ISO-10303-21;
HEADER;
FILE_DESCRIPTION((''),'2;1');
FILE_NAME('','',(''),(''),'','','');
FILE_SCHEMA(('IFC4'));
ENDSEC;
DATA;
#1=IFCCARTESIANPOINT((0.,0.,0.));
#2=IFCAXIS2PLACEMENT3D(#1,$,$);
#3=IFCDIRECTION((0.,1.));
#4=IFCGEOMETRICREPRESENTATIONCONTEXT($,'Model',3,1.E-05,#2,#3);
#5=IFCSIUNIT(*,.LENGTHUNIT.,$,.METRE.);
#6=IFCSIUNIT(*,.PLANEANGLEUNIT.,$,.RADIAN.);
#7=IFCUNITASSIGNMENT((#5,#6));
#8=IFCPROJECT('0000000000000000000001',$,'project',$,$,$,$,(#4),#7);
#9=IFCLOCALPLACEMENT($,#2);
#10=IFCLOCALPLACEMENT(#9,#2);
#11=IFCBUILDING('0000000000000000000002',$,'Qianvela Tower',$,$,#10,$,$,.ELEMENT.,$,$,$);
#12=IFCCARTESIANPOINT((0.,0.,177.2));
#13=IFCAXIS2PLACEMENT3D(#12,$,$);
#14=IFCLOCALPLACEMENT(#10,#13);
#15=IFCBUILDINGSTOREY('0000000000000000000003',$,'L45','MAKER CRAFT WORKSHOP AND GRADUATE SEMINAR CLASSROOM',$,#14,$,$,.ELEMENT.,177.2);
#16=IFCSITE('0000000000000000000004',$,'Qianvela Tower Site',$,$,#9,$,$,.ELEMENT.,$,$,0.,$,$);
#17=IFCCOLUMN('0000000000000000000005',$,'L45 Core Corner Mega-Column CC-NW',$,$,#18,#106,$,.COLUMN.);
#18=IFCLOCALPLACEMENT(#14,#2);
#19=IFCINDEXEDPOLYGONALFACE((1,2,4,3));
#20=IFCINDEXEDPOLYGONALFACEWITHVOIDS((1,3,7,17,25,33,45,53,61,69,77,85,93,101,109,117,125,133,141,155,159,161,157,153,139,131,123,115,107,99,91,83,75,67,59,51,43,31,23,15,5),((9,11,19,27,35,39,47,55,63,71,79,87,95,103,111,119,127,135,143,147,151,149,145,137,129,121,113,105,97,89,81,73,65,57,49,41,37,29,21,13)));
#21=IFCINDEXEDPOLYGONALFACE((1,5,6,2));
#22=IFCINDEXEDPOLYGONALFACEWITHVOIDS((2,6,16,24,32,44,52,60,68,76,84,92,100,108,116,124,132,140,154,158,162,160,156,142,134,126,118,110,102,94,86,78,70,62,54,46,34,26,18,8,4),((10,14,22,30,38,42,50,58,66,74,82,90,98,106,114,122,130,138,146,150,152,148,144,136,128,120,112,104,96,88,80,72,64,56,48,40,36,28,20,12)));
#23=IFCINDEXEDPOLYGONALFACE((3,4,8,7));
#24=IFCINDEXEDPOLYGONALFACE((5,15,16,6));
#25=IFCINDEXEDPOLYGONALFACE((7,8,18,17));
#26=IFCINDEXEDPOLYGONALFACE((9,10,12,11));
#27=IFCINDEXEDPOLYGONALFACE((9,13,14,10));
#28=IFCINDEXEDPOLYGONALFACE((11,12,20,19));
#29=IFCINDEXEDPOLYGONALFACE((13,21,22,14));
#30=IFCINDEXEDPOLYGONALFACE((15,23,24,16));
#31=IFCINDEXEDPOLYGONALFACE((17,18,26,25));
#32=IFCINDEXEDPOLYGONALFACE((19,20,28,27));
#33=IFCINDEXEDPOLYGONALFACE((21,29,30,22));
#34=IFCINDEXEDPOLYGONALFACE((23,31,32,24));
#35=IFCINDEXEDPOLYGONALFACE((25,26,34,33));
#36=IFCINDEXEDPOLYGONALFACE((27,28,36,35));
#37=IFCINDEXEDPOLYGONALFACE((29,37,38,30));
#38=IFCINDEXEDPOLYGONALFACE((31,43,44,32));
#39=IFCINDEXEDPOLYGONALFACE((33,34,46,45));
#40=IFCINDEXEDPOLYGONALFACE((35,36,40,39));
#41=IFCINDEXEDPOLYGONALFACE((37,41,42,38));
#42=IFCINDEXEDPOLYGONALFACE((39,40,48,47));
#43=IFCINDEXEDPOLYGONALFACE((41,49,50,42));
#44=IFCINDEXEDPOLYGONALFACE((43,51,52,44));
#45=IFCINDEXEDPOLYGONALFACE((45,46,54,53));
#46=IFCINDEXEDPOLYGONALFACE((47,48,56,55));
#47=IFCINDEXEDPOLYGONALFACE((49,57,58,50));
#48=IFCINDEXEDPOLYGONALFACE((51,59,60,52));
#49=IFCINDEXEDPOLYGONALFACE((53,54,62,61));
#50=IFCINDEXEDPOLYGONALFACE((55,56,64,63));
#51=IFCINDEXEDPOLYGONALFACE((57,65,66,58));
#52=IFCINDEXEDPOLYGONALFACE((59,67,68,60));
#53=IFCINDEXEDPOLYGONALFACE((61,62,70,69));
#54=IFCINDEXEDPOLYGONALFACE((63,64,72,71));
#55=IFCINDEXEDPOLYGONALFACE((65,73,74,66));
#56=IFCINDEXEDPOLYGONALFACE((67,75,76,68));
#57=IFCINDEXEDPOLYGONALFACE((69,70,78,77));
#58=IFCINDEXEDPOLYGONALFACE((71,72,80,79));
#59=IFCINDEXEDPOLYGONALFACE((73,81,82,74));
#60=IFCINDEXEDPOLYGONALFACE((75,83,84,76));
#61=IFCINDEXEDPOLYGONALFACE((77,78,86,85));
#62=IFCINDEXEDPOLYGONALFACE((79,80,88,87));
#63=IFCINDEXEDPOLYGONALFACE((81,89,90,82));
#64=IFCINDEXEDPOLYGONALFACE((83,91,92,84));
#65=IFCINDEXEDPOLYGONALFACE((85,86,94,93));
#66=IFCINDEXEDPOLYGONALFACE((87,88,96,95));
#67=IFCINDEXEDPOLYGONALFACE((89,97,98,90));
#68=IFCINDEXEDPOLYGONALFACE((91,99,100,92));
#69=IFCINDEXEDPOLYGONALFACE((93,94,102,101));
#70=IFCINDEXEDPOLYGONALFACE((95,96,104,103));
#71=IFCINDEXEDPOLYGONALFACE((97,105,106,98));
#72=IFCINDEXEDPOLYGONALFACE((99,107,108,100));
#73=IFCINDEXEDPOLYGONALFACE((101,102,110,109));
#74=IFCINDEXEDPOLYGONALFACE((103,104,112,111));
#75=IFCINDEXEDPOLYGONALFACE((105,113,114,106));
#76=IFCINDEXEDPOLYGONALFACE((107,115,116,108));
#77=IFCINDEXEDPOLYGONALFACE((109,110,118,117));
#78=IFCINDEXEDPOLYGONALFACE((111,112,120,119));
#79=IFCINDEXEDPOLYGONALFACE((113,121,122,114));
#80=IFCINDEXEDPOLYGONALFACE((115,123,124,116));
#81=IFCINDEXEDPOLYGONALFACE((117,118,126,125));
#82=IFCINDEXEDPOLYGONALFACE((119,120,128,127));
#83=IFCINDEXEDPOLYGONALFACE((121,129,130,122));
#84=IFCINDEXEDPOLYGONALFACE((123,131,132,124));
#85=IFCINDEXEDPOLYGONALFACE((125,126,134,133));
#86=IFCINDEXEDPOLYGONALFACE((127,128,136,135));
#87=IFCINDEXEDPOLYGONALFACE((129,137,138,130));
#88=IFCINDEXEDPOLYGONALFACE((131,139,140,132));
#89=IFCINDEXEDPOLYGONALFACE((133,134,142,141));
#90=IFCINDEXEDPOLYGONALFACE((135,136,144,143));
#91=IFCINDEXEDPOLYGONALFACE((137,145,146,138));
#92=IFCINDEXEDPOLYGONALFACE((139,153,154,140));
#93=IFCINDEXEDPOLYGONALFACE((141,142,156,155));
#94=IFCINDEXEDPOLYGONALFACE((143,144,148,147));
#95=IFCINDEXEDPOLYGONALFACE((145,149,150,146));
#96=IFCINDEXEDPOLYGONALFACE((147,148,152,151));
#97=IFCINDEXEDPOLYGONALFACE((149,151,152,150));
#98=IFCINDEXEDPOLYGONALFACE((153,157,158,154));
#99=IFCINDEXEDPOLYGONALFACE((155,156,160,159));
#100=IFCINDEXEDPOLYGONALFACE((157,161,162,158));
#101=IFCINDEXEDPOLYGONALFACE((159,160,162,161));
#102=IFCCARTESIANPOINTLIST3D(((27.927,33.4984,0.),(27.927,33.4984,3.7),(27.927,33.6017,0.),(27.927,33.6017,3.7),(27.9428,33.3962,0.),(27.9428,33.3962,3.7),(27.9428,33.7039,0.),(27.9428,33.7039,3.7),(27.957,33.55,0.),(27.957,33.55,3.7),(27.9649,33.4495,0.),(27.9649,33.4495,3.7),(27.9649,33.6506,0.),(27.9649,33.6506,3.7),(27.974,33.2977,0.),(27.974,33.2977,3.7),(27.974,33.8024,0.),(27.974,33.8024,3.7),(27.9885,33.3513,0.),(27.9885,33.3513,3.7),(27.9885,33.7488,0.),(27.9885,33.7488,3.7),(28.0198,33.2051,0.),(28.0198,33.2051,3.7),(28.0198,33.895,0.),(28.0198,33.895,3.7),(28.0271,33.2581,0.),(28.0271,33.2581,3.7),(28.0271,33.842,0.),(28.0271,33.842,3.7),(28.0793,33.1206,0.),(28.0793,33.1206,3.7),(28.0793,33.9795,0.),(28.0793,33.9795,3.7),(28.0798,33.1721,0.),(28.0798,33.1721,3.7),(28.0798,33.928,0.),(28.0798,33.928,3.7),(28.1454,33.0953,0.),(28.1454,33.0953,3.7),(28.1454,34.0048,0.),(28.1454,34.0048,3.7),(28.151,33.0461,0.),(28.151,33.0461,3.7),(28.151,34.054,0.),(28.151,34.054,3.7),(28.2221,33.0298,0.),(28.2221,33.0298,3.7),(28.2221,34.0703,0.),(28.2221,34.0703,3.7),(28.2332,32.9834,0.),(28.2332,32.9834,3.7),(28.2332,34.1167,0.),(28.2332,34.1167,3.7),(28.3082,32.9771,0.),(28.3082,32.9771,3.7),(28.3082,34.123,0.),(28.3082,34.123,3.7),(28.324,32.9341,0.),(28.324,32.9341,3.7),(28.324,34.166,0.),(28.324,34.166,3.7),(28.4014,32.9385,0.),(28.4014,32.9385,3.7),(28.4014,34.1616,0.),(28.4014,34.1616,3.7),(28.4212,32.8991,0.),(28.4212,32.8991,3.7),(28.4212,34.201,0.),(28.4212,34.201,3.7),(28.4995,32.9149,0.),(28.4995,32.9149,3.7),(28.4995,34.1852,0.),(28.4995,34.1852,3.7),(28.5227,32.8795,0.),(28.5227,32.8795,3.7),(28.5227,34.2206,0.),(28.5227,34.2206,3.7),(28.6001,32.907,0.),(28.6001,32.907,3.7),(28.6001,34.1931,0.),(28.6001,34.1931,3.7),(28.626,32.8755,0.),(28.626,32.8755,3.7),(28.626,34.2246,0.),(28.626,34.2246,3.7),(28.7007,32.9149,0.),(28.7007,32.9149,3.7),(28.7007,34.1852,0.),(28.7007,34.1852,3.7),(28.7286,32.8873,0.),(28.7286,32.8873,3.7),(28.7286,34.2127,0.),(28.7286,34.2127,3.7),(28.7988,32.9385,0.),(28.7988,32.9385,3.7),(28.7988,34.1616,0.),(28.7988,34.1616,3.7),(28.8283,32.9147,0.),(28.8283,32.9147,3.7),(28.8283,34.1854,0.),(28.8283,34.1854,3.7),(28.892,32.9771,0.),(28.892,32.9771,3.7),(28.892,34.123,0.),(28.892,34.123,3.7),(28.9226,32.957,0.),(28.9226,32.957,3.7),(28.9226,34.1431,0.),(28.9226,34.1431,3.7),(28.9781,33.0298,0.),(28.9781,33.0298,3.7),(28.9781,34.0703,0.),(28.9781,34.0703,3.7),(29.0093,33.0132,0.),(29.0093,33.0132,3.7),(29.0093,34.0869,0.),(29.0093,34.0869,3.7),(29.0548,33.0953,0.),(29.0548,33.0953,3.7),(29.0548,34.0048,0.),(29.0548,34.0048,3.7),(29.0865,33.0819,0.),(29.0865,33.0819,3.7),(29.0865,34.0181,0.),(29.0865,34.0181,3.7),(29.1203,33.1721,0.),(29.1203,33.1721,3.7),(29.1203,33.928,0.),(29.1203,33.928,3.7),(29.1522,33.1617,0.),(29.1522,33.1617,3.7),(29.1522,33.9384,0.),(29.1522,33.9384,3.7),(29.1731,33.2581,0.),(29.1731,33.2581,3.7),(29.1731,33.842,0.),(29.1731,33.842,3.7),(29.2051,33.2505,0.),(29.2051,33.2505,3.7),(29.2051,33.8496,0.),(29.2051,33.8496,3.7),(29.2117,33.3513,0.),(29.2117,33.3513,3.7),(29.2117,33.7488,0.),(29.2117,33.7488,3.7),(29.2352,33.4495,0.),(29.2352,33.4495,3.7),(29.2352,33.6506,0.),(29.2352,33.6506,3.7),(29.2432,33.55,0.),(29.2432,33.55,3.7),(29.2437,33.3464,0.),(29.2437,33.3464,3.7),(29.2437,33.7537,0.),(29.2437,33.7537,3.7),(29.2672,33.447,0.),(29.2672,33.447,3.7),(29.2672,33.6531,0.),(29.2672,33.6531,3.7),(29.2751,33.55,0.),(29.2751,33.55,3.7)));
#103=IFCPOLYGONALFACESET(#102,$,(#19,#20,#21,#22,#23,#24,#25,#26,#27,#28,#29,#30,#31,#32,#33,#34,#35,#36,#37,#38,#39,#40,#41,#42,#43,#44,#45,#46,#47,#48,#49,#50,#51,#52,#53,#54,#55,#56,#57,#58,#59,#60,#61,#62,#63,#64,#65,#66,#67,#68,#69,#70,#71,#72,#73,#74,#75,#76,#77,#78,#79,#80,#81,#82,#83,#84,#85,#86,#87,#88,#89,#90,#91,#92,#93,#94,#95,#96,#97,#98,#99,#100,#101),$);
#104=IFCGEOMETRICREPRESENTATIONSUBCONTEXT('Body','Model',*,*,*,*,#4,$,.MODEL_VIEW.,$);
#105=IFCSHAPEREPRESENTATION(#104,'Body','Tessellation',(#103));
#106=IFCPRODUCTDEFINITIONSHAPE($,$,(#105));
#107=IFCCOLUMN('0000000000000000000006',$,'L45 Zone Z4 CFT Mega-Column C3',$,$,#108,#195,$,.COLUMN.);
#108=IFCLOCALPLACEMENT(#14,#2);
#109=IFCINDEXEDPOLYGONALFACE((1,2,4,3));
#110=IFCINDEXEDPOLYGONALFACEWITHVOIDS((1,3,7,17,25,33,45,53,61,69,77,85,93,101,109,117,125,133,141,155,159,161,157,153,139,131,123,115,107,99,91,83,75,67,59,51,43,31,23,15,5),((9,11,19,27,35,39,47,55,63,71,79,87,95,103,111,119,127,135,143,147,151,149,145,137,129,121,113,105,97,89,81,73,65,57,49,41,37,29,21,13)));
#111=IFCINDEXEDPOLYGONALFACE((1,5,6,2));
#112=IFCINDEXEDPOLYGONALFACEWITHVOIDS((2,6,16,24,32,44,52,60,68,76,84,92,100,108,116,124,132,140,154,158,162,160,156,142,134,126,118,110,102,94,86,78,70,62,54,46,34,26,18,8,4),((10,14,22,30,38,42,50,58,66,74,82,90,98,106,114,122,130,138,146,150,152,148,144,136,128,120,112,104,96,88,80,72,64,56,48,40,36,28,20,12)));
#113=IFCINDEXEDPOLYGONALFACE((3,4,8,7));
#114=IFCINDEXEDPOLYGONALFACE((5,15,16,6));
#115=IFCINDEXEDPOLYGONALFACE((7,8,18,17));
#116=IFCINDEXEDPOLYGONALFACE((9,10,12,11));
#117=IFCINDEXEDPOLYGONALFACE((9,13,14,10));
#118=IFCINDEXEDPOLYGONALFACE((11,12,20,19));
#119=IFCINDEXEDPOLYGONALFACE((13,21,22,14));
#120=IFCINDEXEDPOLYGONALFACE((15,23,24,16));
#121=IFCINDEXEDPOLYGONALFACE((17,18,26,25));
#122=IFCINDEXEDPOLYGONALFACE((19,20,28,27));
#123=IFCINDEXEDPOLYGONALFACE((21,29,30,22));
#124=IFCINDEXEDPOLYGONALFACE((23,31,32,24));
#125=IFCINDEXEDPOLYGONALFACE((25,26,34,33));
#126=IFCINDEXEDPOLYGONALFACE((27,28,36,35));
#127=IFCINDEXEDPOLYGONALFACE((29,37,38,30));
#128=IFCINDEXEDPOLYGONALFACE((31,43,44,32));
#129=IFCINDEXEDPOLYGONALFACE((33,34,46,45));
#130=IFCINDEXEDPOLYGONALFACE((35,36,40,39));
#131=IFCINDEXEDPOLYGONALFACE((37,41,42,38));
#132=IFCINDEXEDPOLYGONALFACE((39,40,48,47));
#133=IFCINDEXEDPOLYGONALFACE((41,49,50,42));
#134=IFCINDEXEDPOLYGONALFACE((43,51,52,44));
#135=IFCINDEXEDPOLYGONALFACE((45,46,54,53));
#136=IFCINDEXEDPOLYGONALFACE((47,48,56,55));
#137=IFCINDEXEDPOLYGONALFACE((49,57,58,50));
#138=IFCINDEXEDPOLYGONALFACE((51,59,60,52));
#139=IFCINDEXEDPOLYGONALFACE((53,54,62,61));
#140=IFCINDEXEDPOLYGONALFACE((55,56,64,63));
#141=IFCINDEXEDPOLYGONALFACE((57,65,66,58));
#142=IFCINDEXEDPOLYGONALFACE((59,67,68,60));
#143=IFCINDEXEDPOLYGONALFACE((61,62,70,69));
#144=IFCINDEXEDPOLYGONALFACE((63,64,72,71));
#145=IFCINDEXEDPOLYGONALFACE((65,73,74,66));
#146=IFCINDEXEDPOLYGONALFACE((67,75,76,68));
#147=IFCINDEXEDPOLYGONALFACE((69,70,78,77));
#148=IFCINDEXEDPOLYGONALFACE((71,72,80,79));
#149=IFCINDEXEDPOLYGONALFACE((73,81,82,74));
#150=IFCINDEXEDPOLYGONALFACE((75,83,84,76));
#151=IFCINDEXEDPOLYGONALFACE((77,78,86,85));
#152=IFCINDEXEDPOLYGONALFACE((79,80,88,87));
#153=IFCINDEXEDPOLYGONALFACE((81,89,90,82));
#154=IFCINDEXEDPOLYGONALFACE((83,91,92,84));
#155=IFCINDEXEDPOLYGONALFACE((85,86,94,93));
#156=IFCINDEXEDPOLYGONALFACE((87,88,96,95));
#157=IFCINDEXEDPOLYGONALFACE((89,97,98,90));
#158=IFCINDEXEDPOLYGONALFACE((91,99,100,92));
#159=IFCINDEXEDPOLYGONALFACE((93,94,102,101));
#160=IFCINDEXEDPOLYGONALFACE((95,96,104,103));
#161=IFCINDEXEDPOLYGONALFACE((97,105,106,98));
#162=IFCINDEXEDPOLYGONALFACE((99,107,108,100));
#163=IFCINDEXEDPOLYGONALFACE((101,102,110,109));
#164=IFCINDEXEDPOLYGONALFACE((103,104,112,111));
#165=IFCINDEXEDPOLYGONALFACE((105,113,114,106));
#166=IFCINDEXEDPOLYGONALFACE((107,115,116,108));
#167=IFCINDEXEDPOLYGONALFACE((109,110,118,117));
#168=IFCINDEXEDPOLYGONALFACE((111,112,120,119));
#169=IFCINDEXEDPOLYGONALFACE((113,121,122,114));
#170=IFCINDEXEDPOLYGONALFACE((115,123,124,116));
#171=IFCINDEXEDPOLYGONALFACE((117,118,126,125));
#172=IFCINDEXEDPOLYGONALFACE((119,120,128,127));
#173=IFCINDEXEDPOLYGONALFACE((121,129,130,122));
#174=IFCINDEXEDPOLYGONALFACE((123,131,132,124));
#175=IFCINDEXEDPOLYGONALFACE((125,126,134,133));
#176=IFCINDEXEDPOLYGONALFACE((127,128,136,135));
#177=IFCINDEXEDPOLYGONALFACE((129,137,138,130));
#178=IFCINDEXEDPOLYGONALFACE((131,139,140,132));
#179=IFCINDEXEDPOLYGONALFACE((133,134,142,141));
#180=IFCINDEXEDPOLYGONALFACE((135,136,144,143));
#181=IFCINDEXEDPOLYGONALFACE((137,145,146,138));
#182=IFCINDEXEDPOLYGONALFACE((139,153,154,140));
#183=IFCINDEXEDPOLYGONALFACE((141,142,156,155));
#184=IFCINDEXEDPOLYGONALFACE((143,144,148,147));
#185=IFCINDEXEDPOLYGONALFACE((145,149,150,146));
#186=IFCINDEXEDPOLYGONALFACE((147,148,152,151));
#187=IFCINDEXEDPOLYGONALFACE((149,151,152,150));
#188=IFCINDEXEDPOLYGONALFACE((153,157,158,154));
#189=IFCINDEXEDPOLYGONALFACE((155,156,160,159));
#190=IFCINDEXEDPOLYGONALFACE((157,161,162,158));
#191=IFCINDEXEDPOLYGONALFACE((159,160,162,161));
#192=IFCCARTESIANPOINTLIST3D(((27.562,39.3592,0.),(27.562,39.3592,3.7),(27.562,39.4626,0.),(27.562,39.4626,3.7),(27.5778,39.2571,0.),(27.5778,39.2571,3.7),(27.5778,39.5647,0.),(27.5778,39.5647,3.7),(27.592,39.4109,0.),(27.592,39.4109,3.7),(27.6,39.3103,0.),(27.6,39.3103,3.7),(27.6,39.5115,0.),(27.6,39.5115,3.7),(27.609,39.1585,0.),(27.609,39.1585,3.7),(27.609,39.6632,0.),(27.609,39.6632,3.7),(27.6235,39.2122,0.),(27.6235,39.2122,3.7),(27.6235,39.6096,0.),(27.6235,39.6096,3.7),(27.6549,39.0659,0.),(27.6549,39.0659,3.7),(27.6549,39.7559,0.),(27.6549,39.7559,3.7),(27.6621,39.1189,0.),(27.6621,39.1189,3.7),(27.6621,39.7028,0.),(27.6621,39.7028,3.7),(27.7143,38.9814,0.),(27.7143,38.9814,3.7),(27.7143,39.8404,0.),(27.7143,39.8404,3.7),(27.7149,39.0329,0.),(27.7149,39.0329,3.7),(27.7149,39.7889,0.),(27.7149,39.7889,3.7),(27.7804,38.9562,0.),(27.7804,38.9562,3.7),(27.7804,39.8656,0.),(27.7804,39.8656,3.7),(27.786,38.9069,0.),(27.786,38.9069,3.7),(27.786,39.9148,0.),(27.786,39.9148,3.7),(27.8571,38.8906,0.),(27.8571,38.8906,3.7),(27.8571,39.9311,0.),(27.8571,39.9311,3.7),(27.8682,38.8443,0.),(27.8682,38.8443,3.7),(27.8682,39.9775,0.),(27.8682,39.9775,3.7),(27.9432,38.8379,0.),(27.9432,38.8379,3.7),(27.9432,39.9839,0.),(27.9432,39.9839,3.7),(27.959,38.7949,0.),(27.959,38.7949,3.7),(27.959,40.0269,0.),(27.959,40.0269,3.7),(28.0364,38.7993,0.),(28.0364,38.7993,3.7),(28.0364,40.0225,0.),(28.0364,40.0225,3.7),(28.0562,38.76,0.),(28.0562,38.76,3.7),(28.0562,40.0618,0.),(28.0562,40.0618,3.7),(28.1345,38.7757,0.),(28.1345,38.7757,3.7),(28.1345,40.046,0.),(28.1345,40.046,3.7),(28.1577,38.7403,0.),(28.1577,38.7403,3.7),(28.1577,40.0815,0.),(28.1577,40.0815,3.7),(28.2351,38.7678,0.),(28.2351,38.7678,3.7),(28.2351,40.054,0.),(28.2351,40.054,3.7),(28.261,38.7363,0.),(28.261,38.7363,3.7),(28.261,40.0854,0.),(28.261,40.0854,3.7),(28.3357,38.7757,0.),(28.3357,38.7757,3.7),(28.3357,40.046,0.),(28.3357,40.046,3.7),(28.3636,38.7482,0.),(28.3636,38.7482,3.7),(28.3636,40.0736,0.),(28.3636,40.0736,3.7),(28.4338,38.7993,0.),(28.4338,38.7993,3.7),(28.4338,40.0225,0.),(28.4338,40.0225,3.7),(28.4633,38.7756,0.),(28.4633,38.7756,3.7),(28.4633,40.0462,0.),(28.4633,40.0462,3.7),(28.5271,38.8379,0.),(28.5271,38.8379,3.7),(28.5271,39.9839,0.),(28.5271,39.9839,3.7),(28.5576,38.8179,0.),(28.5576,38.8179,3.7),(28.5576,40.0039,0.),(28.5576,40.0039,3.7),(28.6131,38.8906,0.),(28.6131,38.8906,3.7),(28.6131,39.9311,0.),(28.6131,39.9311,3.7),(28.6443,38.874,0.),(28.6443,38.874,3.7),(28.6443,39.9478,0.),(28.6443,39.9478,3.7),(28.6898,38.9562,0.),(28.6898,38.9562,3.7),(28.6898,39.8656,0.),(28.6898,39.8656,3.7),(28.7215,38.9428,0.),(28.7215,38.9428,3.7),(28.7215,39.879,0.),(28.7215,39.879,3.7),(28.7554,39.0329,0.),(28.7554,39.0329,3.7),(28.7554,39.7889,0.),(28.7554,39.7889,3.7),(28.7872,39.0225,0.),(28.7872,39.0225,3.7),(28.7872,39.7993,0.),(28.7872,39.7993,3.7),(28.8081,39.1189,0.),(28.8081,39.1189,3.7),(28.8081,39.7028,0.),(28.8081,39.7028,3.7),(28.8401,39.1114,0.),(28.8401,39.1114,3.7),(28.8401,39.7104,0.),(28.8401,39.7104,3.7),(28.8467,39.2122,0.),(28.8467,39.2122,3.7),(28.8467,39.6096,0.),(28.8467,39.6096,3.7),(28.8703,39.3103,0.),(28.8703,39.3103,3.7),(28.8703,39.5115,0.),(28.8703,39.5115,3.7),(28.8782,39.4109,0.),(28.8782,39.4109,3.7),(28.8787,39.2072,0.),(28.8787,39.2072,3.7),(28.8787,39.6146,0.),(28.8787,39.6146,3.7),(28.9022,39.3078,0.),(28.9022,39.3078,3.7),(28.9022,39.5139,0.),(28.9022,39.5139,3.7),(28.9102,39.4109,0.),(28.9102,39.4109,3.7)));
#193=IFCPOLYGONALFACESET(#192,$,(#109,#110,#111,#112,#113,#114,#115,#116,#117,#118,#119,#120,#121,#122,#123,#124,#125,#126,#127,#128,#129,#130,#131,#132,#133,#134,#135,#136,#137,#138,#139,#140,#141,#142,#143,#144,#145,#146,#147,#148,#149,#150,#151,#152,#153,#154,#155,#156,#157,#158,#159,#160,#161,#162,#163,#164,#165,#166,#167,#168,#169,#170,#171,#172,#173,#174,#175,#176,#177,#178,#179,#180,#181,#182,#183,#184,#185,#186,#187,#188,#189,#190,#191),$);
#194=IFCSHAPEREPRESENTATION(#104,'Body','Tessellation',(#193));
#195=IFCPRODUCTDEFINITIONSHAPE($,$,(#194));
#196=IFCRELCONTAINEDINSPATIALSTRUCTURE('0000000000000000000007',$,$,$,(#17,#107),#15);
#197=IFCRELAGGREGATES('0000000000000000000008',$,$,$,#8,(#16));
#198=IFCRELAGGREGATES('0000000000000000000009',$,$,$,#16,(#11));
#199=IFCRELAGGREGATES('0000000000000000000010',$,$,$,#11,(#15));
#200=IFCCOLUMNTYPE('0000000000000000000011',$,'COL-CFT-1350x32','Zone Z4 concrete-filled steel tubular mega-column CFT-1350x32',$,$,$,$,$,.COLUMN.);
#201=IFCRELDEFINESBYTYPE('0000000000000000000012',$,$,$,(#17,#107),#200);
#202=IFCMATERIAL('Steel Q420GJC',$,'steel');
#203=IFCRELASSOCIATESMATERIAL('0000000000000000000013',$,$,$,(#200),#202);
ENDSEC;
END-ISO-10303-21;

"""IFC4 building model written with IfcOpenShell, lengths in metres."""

from ifc_helpers import new_model, si_unit, direction, frame, origin, origin_2d, place, context, subcontext, project, spatial, hollow_circle, extrude, material, material_profile, profile_set, type_object, element, save


model = new_model("IFC4")

# Units and contexts
model_context = context("Model", 3, precision=1e-05, world=origin(), true_north=direction((0.0, 1.0)))
body_context = subcontext(model_context, "Body", "Model", "MODEL_VIEW")
ifc_project = project(units=[si_unit("LENGTHUNIT", "METRE"), si_unit("PLANEANGLEUNIT", "RADIAN")], contexts=[model_context])

# Site, building, storey
site_placement = place(None, origin())
site = spatial("IfcSite", under=ifc_project, at=site_placement, Name="Qianvela Tower Site", CompositionType="ELEMENT", RefElevation=0.0)
building_placement = place(site_placement, origin())
building = spatial("IfcBuilding", under=site, at=building_placement, Name="Qianvela Tower", CompositionType="ELEMENT")
storey_placement = place(building_placement, frame((0.0, 0.0, 177.2)))
storey = spatial("IfcBuildingStorey", under=building, at=storey_placement, Name="L45", Description="MAKER CRAFT WORKSHOP AND GRADUATE SEMINAR CLASSROOM", CompositionType="ELEMENT", Elevation=177.2)

# Columns
ifc_material_1 = material(Name="Steel Q420GJC", Category="steel")
ifc_material_profile_1 = material_profile(ifc_material_1, hollow_circle(Radius=0.675, WallThickness=0.032, at=origin_2d()), Name="CFT-1350x32")
ifc_profile_set_1 = profile_set([ifc_material_profile_1], Name="Steel Q420GJC")
column_type = type_object("IfcColumnType", Name="COL-CFT-1350x32", Description="Zone Z4 concrete-filled steel tubular mega-column CFT-1350x32", PredefinedType="COLUMN", material=ifc_profile_set_1)
for number, where, z_axis, x_axis, name in (
    (1, (28.6001, 33.55, 0.0), (0.0, 0.0, 1.0), (1.0, 0.0, 0.0), "L45 Core Corner Mega-Column CC-NW"),
    (2, (28.2351, 39.4109, 0.0), (0.0, 0.0, 1.0), (1.0, 0.0, 0.0), "L45 Zone Z4 CFT Mega-Column C3"),
):
    element("IfcColumn", number, at=place(storey_placement, frame(where, z_axis=z_axis, x_axis=x_axis)), inside=storey, type_object=column_type, Name=name, PredefinedType="COLUMN", context=body_context, shape_type="SweptSolid", body=[
        extrude(hollow_circle(Radius=0.675, WallThickness=0.032, at=origin_2d()), origin(), (0.0, 0.0, 1.0), 3.7),
    ])

save(model, "model.ifc")
